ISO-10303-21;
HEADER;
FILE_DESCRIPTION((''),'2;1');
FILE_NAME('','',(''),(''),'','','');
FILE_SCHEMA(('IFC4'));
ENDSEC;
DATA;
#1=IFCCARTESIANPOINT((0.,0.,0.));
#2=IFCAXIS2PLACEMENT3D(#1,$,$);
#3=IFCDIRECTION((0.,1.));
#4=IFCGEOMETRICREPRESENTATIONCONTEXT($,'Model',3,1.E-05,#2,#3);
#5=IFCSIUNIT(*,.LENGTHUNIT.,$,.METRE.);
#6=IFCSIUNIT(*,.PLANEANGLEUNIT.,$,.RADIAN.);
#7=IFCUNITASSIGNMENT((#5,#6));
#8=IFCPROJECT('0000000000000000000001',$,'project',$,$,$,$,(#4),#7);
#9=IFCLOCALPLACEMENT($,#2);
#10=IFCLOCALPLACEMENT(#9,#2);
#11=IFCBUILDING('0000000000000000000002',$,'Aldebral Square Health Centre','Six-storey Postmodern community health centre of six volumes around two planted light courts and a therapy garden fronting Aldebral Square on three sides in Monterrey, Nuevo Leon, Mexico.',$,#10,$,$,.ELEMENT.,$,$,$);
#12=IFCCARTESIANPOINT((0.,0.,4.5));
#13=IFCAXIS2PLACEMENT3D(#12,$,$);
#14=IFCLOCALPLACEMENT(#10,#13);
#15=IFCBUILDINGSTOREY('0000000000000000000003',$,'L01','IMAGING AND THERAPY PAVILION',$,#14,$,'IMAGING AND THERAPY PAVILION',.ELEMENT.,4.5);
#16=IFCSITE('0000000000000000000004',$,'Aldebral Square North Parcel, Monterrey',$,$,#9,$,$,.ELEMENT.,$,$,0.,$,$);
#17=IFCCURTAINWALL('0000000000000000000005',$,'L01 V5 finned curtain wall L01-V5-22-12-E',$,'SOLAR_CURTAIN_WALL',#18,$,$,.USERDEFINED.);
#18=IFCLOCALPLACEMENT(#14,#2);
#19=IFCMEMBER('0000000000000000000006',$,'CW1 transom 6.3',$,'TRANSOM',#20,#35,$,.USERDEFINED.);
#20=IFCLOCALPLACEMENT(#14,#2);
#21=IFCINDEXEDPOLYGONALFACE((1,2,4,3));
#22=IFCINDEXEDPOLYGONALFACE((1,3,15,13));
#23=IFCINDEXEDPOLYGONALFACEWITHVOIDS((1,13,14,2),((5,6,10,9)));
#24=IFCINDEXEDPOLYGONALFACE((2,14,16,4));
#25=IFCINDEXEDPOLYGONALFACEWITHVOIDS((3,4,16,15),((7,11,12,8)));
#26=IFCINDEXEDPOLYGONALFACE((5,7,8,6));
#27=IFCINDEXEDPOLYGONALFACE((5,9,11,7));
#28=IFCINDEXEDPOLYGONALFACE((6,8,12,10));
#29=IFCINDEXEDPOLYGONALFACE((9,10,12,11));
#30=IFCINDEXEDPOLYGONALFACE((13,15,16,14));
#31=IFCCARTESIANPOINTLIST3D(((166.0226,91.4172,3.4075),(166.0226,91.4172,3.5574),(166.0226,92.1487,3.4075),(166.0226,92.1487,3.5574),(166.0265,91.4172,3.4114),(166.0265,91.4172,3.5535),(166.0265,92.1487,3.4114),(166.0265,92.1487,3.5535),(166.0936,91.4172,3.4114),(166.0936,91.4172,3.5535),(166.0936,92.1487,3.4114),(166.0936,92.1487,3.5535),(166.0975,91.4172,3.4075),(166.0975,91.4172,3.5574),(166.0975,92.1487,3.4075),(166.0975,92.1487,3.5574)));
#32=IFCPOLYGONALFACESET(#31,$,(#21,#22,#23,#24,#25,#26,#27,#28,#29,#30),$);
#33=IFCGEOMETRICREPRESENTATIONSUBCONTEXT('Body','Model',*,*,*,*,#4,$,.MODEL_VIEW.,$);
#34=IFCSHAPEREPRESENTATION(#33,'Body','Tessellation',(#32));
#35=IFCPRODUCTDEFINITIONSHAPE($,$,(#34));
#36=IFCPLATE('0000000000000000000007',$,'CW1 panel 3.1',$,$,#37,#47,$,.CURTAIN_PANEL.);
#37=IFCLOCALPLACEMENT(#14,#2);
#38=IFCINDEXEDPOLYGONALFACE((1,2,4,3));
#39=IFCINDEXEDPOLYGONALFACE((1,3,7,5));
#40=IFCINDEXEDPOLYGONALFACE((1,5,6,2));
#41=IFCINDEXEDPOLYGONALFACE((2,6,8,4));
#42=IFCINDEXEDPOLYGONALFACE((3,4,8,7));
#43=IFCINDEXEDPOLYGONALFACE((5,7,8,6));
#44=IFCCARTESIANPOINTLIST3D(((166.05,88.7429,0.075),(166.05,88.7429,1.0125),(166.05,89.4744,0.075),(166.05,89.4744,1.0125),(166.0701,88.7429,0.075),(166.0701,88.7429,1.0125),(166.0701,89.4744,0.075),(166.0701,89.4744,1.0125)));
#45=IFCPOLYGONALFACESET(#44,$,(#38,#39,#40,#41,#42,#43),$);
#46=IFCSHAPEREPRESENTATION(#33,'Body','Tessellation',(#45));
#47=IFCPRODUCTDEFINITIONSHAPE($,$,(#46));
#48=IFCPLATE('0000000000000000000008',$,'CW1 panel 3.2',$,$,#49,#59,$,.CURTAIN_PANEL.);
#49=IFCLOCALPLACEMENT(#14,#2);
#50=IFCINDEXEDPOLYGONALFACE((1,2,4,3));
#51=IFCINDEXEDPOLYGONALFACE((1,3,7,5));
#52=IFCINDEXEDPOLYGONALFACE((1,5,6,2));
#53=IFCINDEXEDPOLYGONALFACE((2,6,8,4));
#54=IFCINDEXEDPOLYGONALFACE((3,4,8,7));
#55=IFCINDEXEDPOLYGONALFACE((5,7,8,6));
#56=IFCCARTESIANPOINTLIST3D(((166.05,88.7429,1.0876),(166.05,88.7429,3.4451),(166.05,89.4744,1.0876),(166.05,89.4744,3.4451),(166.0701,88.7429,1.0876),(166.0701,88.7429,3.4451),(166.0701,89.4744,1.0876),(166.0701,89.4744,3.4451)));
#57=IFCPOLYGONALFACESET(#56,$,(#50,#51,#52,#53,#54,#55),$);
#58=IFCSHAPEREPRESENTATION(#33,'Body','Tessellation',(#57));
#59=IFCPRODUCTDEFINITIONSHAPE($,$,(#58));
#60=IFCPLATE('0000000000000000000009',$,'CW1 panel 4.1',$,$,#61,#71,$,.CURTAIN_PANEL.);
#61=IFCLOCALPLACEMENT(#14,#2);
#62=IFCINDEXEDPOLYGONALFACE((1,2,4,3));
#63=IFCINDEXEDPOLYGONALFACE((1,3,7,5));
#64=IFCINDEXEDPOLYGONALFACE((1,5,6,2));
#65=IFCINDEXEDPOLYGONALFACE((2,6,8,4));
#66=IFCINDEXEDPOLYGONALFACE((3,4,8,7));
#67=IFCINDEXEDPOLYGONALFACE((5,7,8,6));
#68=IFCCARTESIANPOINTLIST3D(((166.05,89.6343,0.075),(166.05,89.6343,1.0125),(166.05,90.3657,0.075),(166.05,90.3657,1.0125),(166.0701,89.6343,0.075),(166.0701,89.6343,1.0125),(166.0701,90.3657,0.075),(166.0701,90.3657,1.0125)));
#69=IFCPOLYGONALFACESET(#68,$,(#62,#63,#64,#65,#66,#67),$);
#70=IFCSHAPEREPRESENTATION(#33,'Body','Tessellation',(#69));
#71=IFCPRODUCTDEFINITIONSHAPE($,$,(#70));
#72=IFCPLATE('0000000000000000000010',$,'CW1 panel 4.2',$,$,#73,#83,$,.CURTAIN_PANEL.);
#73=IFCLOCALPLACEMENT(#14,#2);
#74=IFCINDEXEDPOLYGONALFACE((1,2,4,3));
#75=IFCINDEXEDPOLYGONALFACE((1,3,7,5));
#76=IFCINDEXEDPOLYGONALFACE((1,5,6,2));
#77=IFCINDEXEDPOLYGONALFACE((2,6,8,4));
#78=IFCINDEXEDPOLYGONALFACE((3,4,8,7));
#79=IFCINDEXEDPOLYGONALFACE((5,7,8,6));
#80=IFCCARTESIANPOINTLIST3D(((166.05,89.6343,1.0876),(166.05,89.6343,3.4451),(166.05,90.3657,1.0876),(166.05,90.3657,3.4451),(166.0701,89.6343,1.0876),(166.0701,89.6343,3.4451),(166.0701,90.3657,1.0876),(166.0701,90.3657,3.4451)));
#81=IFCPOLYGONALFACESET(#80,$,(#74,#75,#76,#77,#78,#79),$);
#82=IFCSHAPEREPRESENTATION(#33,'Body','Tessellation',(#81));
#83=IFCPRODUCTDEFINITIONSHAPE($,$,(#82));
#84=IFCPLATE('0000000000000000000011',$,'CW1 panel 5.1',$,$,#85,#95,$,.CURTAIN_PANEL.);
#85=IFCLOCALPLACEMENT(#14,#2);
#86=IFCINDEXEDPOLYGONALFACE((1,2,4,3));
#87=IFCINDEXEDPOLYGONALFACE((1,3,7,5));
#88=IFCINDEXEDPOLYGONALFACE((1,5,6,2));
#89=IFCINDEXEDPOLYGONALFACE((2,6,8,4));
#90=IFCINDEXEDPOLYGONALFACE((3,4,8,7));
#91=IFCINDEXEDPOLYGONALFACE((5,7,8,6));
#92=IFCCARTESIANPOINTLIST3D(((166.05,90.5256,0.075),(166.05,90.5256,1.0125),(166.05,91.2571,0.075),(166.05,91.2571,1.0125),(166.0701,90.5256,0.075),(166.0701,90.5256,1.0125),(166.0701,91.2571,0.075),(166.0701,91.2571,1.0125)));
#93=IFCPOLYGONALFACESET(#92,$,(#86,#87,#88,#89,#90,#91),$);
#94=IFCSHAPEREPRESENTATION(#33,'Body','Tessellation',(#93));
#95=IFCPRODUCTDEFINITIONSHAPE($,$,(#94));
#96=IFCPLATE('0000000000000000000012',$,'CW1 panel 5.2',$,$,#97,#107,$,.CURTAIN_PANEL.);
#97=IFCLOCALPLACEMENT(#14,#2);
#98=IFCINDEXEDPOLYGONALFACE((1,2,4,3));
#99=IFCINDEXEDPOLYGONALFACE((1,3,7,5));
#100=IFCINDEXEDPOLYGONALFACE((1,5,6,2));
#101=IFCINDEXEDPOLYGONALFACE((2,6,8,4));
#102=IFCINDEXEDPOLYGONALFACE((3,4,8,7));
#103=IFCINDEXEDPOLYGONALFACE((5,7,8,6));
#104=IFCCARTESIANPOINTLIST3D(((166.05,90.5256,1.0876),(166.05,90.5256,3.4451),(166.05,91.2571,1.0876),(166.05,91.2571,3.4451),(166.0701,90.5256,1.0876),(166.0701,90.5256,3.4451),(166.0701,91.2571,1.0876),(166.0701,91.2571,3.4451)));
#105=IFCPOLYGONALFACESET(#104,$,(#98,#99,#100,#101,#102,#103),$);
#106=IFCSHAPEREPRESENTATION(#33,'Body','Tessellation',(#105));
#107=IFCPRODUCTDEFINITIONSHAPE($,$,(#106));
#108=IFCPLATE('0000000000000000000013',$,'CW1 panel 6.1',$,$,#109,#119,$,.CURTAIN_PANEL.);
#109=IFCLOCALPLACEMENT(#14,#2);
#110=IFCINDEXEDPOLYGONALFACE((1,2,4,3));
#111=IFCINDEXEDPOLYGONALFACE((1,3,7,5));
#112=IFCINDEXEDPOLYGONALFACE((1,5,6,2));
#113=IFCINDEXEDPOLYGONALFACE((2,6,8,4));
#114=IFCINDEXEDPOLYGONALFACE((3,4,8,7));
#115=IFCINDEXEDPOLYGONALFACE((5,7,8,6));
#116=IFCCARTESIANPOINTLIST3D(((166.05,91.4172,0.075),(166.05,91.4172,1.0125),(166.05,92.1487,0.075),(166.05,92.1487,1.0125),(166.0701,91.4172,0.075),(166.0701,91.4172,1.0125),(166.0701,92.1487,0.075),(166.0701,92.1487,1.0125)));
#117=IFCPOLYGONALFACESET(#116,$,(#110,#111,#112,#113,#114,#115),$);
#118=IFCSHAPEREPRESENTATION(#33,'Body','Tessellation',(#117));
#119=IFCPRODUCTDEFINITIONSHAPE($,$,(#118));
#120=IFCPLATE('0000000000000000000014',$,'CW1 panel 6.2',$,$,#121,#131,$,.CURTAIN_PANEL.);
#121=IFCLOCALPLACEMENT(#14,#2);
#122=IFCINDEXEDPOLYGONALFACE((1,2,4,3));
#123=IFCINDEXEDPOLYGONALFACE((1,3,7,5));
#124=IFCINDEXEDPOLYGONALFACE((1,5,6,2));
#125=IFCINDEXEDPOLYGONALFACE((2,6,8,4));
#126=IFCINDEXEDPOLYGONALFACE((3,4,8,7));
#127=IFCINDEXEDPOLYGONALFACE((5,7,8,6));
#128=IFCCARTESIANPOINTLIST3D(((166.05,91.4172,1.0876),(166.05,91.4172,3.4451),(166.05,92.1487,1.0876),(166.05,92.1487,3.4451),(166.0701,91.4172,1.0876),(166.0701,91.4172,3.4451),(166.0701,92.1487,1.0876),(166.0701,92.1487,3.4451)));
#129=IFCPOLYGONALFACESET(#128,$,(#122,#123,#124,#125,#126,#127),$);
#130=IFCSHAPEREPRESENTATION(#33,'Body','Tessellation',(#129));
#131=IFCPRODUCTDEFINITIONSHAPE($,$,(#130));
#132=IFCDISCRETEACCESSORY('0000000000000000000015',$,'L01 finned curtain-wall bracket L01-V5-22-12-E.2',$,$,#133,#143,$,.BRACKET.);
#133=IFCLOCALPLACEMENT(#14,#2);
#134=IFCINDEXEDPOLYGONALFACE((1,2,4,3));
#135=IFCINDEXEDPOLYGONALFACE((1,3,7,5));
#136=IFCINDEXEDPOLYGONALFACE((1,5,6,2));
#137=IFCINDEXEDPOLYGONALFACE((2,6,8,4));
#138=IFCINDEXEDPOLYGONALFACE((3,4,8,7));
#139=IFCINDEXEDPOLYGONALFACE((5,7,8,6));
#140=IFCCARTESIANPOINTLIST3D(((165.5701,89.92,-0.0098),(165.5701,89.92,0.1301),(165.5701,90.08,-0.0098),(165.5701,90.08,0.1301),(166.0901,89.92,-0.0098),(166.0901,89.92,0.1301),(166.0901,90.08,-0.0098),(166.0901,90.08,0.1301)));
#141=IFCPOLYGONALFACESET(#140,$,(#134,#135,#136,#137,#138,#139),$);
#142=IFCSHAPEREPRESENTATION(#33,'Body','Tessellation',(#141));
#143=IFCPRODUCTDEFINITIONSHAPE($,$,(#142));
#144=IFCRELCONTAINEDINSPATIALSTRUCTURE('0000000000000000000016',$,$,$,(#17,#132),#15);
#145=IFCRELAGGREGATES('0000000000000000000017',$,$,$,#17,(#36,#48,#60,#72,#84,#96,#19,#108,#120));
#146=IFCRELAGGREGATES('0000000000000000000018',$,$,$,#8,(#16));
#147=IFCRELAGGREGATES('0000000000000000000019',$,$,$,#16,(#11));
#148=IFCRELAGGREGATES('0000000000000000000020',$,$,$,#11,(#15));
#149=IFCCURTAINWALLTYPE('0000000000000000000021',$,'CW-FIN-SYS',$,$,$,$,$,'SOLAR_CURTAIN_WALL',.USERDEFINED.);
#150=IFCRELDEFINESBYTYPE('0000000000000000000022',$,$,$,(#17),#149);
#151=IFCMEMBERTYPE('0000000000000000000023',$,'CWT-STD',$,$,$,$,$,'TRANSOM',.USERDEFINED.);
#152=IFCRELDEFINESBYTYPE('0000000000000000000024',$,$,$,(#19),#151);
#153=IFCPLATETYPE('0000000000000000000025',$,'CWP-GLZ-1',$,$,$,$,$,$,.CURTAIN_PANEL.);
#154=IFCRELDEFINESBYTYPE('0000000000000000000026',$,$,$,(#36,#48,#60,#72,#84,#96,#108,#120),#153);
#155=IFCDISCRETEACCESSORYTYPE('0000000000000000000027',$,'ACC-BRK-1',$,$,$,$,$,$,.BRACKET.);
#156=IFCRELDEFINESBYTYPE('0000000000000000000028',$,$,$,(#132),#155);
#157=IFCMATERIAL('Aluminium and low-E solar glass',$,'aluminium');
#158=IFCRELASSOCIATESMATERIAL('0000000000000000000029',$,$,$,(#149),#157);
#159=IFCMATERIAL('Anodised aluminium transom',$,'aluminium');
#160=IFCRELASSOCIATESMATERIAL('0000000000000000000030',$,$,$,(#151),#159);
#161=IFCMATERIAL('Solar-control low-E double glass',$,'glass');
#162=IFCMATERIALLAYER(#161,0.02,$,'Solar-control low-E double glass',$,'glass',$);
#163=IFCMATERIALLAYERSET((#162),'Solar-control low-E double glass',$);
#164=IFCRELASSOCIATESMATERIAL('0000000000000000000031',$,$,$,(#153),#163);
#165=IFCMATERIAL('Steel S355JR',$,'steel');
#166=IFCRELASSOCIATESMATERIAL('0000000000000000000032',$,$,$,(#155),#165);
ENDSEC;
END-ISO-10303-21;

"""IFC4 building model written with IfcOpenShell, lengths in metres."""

from ifc_helpers import new_model, si_unit, direction, frame, origin, origin_2d, place, context, subcontext, project, spatial, rectangle, hollow_rectangle, extrude, material, layer, layer_set, material_profile, profile_set, type_object, element, aggregate, save


model = new_model("IFC4")

# Units and contexts
model_context = context("Model", 3, precision=1e-05, world=origin(), true_north=direction((0.0, 1.0)))
body_context = subcontext(model_context, "Body", "Model", "MODEL_VIEW")
ifc_project = project(units=[si_unit("LENGTHUNIT", "METRE"), si_unit("PLANEANGLEUNIT", "RADIAN")], contexts=[model_context])

# Site, building, storey
site_placement = place(None, origin())
site = spatial("IfcSite", under=ifc_project, at=site_placement, Name="Aldebral Square North Parcel, Monterrey", CompositionType="ELEMENT", RefElevation=0.0)
building_placement = place(site_placement, origin())
building = spatial("IfcBuilding", under=site, at=building_placement, Name="Aldebral Square Health Centre", Description="Six-storey Postmodern community health centre of six volumes around two planted light courts and a therapy garden fronting Aldebral Square on three sides in Monterrey, Nuevo Leon, Mexico.", CompositionType="ELEMENT")
storey_placement = place(building_placement, frame((0.0, 0.0, 4.5)))
storey = spatial("IfcBuildingStorey", under=building, at=storey_placement, Name="L01", Description="IMAGING AND THERAPY PAVILION", LongName="IMAGING AND THERAPY PAVILION", CompositionType="ELEMENT", Elevation=4.5)

# Curtain wall, member, plates
ifc_material_1 = material(Name="Aluminium and low-E solar glass", Category="aluminium")
curtain_wall_type = type_object("IfcCurtainWallType", Name="CW-FIN-SYS", ElementType="SOLAR_CURTAIN_WALL", PredefinedType="USERDEFINED", material=ifc_material_1)
curtain_wall_placement = place(storey_placement, origin())
curtain_wall = element("IfcCurtainWall", 1, at=curtain_wall_placement, inside=storey, type_object=curtain_wall_type, Name="L01 V5 finned curtain wall L01-V5-22-12-E", ObjectType="SOLAR_CURTAIN_WALL", PredefinedType="USERDEFINED")
ifc_material_2 = material(Name="Anodised aluminium transom", Category="aluminium")
ifc_material_profile_1 = material_profile(ifc_material_2, hollow_rectangle(XDim=0.075, YDim=0.1499, WallThickness=0.0039, at=origin_2d()), Name="CWT 75x150x4")
ifc_profile_set_1 = profile_set([ifc_material_profile_1], Name="Anodised aluminium transom")
member_type_1 = type_object("IfcMemberType", Name="CWT-STD", ElementType="TRANSOM", PredefinedType="USERDEFINED", material=ifc_profile_set_1)
member_1_placement = place(storey_placement, frame((166.0601, 91.4172, 3.4824), z_axis=(0.0, 1.0, 0.0), x_axis=(-1.0, 0.0, 0.0)))
member_1 = element("IfcMember", 2, at=member_1_placement, type_object=member_type_1, Name="CW1 transom 6.3", ObjectType="TRANSOM", PredefinedType="USERDEFINED", context=body_context, shape_type="SweptSolid", body=[
    extrude(hollow_rectangle(XDim=0.075, YDim=0.1499, WallThickness=0.0039, at=origin_2d()), origin(), (0.0, 0.0, 1.0), 0.7314),
])
ifc_material_3 = material(Name="Solar-control low-E double glass", Category="glass")
ifc_layer = layer(ifc_material_3, 0.02, Name="Solar-control low-E double glass", Category="glass")
ifc_layer_set = layer_set([ifc_layer], Name="Solar-control low-E double glass")
plate_type = type_object("IfcPlateType", Name="CWP-GLZ-1", PredefinedType="CURTAIN_PANEL", material=ifc_layer_set)
plate_1_placement = place(storey_placement, frame((166.0601, 89.1086, 0.075), z_axis=(0.0, 0.0, 1.0), x_axis=(0.0, 1.0, 0.0)))
plate_1 = element("IfcPlate", 3, at=plate_1_placement, type_object=plate_type, Name="CW1 panel 3.1", PredefinedType="CURTAIN_PANEL", context=body_context, shape_type="SweptSolid", body=[
    extrude(rectangle(XDim=0.7314, YDim=0.02, at=origin_2d()), origin(), (0.0, 0.0, 1.0), 0.9375),
])
plate_2_placement = place(storey_placement, frame((166.0601, 89.1086, 1.0876), z_axis=(0.0, 0.0, 1.0), x_axis=(0.0, 1.0, 0.0)))
plate_2 = element("IfcPlate", 4, at=plate_2_placement, type_object=plate_type, Name="CW1 panel 3.2", PredefinedType="CURTAIN_PANEL", context=body_context, shape_type="SweptSolid", body=[
    extrude(rectangle(XDim=0.7314, YDim=0.02, at=origin_2d()), origin(), (0.0, 0.0, 1.0), 2.3574),
])
plate_3_placement = place(storey_placement, frame((166.0601, 90.0, 0.075), z_axis=(0.0, 0.0, 1.0), x_axis=(0.0, 1.0, 0.0)))
plate_3 = element("IfcPlate", 5, at=plate_3_placement, type_object=plate_type, Name="CW1 panel 4.1", PredefinedType="CURTAIN_PANEL", context=body_context, shape_type="SweptSolid", body=[
    extrude(rectangle(XDim=0.7314, YDim=0.02, at=origin_2d()), origin(), (0.0, 0.0, 1.0), 0.9375),
])
plate_4_placement = place(storey_placement, frame((166.0601, 90.0, 1.0876), z_axis=(0.0, 0.0, 1.0), x_axis=(0.0, 1.0, 0.0)))
plate_4 = element("IfcPlate", 6, at=plate_4_placement, type_object=plate_type, Name="CW1 panel 4.2", PredefinedType="CURTAIN_PANEL", context=body_context, shape_type="SweptSolid", body=[
    extrude(rectangle(XDim=0.7314, YDim=0.02, at=origin_2d()), origin(), (0.0, 0.0, 1.0), 2.3574),
])
plate_5_placement = place(storey_placement, frame((166.0601, 90.8914, 0.075), z_axis=(0.0, 0.0, 1.0), x_axis=(0.0, 1.0, 0.0)))
plate_5 = element("IfcPlate", 7, at=plate_5_placement, type_object=plate_type, Name="CW1 panel 5.1", PredefinedType="CURTAIN_PANEL", context=body_context, shape_type="SweptSolid", body=[
    extrude(rectangle(XDim=0.7314, YDim=0.02, at=origin_2d()), origin(), (0.0, 0.0, 1.0), 0.9375),
])
plate_6_placement = place(storey_placement, frame((166.0601, 90.8914, 1.0876), z_axis=(0.0, 0.0, 1.0), x_axis=(0.0, 1.0, 0.0)))
plate_6 = element("IfcPlate", 8, at=plate_6_placement, type_object=plate_type, Name="CW1 panel 5.2", PredefinedType="CURTAIN_PANEL", context=body_context, shape_type="SweptSolid", body=[
    extrude(rectangle(XDim=0.7314, YDim=0.02, at=origin_2d()), origin(), (0.0, 0.0, 1.0), 2.3574),
])
plate_7_placement = place(storey_placement, frame((166.0601, 91.783, 0.075), z_axis=(0.0, 0.0, 1.0), x_axis=(0.0, 1.0, 0.0)))
plate_7 = element("IfcPlate", 9, at=plate_7_placement, type_object=plate_type, Name="CW1 panel 6.1", PredefinedType="CURTAIN_PANEL", context=body_context, shape_type="SweptSolid", body=[
    extrude(rectangle(XDim=0.7314, YDim=0.02, at=origin_2d()), origin(), (0.0, 0.0, 1.0), 0.9375),
])
plate_8_placement = place(storey_placement, frame((166.0601, 91.783, 1.0876), z_axis=(0.0, 0.0, 1.0), x_axis=(0.0, 1.0, 0.0)))
plate_8 = element("IfcPlate", 10, at=plate_8_placement, type_object=plate_type, Name="CW1 panel 6.2", PredefinedType="CURTAIN_PANEL", context=body_context, shape_type="SweptSolid", body=[
    extrude(rectangle(XDim=0.7314, YDim=0.02, at=origin_2d()), origin(), (0.0, 0.0, 1.0), 2.3574),
])
aggregate(curtain_wall, [plate_1, plate_2, plate_3, plate_4, plate_5, plate_6, member_1, plate_7, plate_8])

# Discrete accessory
ifc_material_4 = material(Name="Steel S355JR", Category="steel")
discrete_accessory_type = type_object("IfcDiscreteAccessoryType", Name="ACC-BRK-1", PredefinedType="BRACKET", material=ifc_material_4)
discrete_accessory_placement = place(storey_placement, frame((165.8301, 90.0, -0.0098), z_axis=(0.0, 0.0, 1.0), x_axis=(0.0, 1.0, 0.0)))
element("IfcDiscreteAccessory", 11, at=discrete_accessory_placement, inside=storey, type_object=discrete_accessory_type, Name="L01 finned curtain-wall bracket L01-V5-22-12-E.2", PredefinedType="BRACKET", context=body_context, shape_type="SweptSolid", body=[
    extrude(rectangle(XDim=0.1599, YDim=0.52, at=origin_2d()), origin(), (0.0, 0.0, 1.0), 0.1399),
])

save(model, "model.ifc")
